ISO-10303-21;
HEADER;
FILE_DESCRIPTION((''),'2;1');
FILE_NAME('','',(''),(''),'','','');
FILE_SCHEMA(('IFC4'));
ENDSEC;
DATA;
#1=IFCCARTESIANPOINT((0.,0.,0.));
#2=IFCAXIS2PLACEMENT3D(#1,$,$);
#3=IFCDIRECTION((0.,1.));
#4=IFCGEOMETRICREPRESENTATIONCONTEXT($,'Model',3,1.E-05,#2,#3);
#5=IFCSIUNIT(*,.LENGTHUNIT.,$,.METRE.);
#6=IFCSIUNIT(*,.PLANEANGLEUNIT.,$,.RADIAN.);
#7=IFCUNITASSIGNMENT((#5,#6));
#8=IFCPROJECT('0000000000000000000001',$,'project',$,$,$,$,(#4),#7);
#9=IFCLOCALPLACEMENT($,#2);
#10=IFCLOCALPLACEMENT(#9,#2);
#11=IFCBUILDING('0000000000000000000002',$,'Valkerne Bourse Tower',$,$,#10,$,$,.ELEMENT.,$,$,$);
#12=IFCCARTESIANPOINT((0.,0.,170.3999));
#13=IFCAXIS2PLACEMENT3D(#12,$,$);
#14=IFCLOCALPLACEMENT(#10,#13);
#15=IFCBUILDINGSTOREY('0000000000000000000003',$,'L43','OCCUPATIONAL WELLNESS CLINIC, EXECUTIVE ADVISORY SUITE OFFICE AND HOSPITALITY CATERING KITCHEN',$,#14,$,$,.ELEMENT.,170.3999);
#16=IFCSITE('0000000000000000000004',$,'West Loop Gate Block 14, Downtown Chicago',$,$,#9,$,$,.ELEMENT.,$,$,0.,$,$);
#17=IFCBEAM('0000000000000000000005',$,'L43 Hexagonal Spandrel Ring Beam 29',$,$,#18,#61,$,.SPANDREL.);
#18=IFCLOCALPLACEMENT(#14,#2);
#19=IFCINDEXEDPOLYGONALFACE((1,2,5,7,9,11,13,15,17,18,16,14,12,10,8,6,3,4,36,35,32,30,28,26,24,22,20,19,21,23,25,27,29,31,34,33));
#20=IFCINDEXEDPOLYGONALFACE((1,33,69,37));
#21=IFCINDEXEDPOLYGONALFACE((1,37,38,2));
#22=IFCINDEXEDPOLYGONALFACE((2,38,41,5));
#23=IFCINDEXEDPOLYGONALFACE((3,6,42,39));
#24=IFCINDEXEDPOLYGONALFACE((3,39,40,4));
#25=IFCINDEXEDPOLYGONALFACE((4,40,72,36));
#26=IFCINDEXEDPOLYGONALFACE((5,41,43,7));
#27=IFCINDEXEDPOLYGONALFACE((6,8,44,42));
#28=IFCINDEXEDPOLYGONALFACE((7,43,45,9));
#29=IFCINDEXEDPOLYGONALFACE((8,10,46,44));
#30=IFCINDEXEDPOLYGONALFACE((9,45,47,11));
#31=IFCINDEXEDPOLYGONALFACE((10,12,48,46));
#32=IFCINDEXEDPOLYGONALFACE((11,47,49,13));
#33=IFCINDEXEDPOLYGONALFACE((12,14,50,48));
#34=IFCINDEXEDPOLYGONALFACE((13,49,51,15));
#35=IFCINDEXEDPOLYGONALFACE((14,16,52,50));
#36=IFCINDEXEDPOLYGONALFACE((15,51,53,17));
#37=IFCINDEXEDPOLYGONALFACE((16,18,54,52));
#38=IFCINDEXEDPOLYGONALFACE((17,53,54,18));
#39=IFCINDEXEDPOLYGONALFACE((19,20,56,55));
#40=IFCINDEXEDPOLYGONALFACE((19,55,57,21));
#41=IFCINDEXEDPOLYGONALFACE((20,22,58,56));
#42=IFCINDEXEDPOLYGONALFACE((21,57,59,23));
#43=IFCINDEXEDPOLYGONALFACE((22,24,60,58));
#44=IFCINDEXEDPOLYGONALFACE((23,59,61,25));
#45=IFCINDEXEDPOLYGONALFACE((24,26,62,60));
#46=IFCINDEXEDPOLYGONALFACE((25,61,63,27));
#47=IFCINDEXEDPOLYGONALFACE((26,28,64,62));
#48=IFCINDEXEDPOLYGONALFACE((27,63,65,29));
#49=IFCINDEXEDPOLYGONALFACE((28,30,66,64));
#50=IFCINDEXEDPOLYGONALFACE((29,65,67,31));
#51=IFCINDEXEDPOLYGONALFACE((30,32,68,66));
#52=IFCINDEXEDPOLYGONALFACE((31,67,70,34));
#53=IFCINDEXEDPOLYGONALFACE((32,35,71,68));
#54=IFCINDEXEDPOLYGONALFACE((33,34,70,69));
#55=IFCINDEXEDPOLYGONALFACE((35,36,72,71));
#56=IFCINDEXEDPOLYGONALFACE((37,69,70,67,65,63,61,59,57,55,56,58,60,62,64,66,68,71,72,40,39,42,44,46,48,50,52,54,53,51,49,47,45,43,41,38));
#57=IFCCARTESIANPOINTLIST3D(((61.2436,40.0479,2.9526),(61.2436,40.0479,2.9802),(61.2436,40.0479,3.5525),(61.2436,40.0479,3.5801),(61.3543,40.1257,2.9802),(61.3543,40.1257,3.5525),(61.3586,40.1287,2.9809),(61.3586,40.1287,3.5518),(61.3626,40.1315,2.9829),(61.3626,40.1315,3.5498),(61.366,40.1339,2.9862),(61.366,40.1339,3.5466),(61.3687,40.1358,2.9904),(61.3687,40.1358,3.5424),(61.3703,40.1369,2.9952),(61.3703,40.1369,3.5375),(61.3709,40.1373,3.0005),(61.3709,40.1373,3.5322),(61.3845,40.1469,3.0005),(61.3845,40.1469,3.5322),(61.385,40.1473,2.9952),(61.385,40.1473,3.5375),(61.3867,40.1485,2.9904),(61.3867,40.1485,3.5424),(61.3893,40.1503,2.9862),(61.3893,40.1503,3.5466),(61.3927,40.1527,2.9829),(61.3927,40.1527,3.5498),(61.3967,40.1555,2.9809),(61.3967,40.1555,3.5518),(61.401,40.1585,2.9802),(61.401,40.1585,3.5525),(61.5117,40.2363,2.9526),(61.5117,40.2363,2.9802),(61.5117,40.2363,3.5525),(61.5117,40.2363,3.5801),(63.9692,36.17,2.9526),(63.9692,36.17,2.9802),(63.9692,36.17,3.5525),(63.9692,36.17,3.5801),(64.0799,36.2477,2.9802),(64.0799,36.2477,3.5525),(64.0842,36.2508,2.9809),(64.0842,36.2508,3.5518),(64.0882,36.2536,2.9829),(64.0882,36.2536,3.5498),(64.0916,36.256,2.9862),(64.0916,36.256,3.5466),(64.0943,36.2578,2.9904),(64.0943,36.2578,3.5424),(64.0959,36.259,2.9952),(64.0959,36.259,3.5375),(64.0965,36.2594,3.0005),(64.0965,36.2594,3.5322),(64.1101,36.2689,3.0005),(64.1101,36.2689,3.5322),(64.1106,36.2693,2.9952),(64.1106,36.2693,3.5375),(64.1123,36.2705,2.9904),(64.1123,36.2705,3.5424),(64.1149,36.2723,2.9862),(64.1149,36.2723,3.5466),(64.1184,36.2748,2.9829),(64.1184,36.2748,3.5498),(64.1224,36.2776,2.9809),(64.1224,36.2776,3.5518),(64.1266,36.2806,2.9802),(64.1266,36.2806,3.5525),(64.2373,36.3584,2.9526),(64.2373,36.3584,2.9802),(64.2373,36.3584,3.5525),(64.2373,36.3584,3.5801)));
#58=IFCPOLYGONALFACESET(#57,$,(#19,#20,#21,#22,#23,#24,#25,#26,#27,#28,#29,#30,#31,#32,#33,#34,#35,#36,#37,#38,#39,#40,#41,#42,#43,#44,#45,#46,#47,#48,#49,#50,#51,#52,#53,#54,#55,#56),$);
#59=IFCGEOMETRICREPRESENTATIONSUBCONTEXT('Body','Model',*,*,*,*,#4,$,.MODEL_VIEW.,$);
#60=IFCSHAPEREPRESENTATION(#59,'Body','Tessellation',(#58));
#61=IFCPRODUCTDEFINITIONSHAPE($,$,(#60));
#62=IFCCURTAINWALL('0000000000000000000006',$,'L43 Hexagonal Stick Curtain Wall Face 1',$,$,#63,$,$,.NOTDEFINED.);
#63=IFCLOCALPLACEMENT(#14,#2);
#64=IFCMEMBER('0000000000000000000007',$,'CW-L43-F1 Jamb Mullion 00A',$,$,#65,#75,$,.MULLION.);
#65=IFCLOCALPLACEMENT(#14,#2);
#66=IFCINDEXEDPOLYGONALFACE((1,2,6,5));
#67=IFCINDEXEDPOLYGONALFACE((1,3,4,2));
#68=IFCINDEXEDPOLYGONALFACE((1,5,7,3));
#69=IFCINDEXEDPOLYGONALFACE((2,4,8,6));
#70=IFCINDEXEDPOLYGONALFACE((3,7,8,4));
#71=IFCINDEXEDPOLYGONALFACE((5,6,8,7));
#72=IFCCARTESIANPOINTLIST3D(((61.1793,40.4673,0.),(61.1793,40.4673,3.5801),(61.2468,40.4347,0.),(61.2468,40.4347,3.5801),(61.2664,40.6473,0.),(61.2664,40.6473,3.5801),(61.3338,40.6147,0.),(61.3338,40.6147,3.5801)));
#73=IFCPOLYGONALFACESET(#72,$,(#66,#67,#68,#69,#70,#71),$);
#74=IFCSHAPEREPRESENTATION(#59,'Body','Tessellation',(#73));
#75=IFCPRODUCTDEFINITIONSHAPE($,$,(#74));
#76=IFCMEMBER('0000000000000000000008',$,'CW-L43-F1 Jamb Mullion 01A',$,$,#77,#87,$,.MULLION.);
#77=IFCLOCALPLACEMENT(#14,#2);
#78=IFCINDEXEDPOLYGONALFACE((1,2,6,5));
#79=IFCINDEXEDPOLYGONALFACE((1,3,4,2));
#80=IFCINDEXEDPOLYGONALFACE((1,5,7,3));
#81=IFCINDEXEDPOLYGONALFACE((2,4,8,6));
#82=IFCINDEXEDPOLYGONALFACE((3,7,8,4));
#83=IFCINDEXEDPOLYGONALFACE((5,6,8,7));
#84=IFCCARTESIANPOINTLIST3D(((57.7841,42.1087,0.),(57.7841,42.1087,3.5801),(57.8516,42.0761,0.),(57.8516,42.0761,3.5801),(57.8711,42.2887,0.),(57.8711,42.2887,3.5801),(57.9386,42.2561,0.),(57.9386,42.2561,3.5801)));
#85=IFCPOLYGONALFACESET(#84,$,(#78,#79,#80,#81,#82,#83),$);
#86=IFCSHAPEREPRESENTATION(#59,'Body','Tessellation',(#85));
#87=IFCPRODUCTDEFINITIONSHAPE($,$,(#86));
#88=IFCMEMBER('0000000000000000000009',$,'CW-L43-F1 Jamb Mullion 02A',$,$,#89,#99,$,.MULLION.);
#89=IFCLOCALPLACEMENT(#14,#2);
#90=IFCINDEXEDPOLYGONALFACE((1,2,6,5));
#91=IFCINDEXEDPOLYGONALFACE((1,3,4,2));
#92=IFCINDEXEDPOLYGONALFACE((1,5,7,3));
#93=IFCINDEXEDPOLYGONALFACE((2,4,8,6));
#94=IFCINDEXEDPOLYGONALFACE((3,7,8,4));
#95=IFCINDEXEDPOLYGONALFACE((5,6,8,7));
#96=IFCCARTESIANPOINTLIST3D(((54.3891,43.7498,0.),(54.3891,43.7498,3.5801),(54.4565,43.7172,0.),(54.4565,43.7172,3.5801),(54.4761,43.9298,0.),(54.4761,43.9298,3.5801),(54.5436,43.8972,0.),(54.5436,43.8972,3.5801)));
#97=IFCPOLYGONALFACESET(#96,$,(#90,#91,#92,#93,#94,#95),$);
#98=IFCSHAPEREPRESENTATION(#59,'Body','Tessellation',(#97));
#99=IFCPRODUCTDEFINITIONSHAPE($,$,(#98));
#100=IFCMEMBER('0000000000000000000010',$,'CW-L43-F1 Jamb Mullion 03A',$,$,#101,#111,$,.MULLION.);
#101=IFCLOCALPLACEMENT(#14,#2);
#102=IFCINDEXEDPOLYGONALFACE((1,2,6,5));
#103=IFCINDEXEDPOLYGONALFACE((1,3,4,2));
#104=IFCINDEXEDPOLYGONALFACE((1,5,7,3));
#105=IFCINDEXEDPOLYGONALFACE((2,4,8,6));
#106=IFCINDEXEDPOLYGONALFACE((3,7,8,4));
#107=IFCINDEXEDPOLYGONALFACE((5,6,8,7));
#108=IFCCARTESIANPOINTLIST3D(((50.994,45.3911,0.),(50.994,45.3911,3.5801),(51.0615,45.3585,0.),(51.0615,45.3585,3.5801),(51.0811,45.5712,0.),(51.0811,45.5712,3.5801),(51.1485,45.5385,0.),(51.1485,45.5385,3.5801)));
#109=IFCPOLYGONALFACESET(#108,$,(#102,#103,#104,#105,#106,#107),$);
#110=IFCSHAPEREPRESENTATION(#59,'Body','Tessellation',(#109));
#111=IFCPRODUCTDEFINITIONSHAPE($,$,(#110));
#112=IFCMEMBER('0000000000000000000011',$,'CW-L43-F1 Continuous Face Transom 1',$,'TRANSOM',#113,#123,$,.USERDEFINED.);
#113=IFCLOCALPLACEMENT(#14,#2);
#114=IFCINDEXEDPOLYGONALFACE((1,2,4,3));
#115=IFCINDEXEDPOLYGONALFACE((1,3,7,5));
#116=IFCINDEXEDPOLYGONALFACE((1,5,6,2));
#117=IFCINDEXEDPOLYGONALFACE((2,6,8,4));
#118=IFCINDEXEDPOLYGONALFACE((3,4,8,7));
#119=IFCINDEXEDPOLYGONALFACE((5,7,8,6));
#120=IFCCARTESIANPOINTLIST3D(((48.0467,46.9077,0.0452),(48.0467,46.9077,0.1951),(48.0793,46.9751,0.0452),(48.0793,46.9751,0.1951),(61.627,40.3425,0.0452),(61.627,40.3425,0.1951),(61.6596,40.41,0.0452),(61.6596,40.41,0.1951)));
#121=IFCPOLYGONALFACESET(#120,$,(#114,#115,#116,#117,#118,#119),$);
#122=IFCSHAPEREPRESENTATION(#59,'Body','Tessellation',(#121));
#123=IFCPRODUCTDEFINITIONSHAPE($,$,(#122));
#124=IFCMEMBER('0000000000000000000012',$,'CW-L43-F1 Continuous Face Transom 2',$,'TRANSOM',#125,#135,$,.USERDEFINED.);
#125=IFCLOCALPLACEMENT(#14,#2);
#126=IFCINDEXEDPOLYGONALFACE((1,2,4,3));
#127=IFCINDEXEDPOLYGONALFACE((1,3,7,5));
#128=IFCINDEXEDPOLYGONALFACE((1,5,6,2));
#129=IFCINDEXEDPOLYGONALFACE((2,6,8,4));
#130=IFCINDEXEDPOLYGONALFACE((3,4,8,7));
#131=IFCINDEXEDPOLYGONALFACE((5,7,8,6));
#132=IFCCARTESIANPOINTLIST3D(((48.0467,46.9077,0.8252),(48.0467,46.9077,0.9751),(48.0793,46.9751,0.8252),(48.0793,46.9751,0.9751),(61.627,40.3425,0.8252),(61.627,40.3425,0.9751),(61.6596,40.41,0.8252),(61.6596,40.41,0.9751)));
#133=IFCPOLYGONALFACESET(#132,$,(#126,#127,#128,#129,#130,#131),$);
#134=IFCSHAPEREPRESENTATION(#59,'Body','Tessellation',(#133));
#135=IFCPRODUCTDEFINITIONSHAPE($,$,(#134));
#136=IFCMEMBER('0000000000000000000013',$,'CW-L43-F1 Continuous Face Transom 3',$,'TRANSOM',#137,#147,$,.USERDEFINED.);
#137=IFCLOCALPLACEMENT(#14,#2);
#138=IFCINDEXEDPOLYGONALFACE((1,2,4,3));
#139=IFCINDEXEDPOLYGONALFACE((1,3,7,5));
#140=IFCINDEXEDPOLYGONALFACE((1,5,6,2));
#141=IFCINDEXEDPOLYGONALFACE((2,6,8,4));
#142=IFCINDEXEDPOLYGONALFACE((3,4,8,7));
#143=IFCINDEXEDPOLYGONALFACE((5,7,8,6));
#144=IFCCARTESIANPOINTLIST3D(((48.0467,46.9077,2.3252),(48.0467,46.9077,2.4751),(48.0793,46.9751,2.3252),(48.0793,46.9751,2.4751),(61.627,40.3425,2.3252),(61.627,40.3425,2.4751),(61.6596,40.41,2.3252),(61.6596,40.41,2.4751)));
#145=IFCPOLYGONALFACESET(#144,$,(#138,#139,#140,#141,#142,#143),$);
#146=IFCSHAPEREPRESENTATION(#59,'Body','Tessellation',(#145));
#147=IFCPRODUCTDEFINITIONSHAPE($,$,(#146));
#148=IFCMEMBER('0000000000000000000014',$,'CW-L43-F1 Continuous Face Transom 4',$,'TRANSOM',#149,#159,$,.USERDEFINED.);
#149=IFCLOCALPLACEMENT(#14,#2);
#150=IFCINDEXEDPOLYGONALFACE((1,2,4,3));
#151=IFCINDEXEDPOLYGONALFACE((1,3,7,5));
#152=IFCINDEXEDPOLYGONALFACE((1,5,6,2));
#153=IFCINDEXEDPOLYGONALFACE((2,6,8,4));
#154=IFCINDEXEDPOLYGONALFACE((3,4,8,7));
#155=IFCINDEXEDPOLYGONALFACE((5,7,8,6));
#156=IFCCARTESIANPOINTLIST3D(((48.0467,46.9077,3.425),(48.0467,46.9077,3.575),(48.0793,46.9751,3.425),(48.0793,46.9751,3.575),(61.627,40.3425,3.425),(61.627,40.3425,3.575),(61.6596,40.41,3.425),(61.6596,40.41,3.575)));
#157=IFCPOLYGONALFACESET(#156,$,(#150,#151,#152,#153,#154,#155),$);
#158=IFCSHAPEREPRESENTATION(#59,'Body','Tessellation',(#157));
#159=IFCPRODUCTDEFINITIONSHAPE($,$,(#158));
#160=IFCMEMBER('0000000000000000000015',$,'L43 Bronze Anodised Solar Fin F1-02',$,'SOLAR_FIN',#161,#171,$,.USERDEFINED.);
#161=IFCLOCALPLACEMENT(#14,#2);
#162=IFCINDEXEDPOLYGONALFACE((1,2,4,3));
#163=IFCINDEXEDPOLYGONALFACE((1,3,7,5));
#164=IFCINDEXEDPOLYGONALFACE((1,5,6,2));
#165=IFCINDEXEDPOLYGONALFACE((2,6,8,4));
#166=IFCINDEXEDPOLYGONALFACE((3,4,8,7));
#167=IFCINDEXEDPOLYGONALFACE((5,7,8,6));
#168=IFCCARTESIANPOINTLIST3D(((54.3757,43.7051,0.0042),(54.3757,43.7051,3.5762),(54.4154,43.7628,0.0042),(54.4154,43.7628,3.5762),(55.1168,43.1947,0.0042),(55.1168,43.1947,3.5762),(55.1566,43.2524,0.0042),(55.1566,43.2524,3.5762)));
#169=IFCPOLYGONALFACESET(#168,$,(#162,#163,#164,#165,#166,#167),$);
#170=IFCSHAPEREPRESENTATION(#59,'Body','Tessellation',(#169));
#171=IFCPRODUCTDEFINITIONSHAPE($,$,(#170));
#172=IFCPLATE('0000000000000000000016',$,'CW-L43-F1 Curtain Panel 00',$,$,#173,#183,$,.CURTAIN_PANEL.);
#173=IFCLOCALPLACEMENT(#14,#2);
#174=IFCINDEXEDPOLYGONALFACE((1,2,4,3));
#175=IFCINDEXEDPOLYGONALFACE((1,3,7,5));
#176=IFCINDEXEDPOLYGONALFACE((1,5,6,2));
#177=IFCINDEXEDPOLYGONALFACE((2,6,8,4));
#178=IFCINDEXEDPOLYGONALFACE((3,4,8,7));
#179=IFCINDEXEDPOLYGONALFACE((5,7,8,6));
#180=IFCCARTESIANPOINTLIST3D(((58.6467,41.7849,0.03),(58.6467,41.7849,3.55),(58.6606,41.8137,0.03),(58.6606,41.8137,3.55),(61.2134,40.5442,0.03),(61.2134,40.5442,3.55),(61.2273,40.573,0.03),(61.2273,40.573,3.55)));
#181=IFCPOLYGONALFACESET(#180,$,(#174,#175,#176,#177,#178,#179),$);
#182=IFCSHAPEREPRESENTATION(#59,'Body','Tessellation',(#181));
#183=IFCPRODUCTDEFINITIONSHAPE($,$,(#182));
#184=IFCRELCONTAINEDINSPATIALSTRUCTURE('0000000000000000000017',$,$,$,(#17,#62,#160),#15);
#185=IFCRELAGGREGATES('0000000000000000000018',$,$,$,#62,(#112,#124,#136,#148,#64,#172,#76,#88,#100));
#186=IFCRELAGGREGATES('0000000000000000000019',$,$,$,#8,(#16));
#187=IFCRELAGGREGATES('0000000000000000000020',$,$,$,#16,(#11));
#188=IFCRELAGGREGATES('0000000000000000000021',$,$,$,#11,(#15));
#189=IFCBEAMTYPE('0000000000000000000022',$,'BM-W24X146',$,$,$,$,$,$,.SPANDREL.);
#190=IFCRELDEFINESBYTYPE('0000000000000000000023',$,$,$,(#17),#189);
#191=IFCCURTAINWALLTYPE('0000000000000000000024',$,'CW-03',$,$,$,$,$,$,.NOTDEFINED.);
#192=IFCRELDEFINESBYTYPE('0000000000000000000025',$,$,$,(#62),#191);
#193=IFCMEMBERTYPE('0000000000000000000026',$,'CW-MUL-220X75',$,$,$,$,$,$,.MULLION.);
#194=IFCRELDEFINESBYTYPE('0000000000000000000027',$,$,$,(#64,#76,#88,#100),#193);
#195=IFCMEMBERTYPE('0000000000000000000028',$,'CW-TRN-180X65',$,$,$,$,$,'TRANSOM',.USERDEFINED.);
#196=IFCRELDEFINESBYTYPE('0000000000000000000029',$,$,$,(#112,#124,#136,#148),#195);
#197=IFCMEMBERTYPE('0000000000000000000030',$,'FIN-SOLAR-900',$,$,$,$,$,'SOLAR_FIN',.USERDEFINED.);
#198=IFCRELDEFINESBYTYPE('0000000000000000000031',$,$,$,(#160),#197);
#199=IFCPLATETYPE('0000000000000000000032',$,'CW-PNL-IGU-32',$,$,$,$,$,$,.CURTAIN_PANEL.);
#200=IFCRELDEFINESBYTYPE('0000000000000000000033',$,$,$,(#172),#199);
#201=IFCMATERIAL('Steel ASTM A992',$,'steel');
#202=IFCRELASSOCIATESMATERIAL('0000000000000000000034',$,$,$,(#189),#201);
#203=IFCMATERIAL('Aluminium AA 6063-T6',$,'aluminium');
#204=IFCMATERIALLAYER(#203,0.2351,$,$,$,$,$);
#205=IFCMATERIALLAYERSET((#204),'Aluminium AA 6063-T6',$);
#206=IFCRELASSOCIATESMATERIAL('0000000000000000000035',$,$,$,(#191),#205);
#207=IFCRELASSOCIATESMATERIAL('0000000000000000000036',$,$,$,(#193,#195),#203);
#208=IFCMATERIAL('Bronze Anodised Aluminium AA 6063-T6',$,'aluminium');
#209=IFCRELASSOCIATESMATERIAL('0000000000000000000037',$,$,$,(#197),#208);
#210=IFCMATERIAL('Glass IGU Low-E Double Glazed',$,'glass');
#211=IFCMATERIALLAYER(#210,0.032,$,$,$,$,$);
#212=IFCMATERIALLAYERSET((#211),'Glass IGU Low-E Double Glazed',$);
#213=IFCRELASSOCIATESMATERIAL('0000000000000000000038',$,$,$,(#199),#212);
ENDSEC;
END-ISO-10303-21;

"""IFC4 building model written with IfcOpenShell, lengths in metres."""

from ifc_helpers import new_model, si_unit, direction, frame, origin, origin_2d, place, context, subcontext, project, spatial, rectangle, i_section, extrude, material, layer, layer_set, material_profile, profile_set, type_object, element, aggregate, save


model = new_model("IFC4")

# Units and contexts
model_context = context("Model", 3, precision=1e-05, world=origin(), true_north=direction((0.0, 1.0)))
body_context = subcontext(model_context, "Body", "Model", "MODEL_VIEW")
ifc_project = project(units=[si_unit("LENGTHUNIT", "METRE"), si_unit("PLANEANGLEUNIT", "RADIAN")], contexts=[model_context])

# Site, building, storey
site_placement = place(None, origin())
site = spatial("IfcSite", under=ifc_project, at=site_placement, Name="West Loop Gate Block 14, Downtown Chicago", CompositionType="ELEMENT", RefElevation=0.0)
building_placement = place(site_placement, origin())
building = spatial("IfcBuilding", under=site, at=building_placement, Name="Valkerne Bourse Tower", CompositionType="ELEMENT")
storey_placement = place(building_placement, frame((0.0, 0.0, 170.3999)))
storey = spatial("IfcBuildingStorey", under=building, at=storey_placement, Name="L43", Description="OCCUPATIONAL WELLNESS CLINIC, EXECUTIVE ADVISORY SUITE OFFICE AND HOSPITALITY CATERING KITCHEN", CompositionType="ELEMENT", Elevation=170.3999)

# Beam
ifc_material_1 = material(Name="Steel ASTM A992", Category="steel")
ifc_material_profile_1 = material_profile(ifc_material_1, i_section(OverallWidth=0.3276, OverallDepth=0.6274, WebThickness=0.0166, FlangeThickness=0.0276, FilletRadius=0.0203, at=origin_2d()), Name="W24X146")
ifc_profile_set_1 = profile_set([ifc_material_profile_1], Name="Steel ASTM A992")
beam_type = type_object("IfcBeamType", Name="BM-W24X146", PredefinedType="SPANDREL", material=ifc_profile_set_1)
beam_1_placement = place(storey_placement, frame((64.1033, 36.2642, 3.2664), z_axis=(-0.575024, 0.818137, 0.0), x_axis=(-0.818137, -0.575024, 0.0)))
element("IfcBeam", 1, at=beam_1_placement, inside=storey, type_object=beam_type, Name="L43 Hexagonal Spandrel Ring Beam 29", PredefinedType="SPANDREL", context=body_context, shape_type="SweptSolid", body=[
    extrude(i_section(OverallWidth=0.3276, OverallDepth=0.6274, WebThickness=0.0166, FlangeThickness=0.0276, FilletRadius=0.0203, at=origin_2d()), origin(), (0.0, 0.0, 1.0), 4.74),
])

# Curtain wall, members
ifc_material_2 = material(Name="Aluminium AA 6063-T6", Category="aluminium")
ifc_layer_1 = layer(ifc_material_2, 0.2351)
ifc_layer_set_1 = layer_set([ifc_layer_1], Name="Aluminium AA 6063-T6")
curtain_wall_type = type_object("IfcCurtainWallType", Name="CW-03", PredefinedType="NOTDEFINED", material=ifc_layer_set_1)
curtain_wall_placement = place(storey_placement, origin())
curtain_wall = element("IfcCurtainWall", 2, at=curtain_wall_placement, inside=storey, type_object=curtain_wall_type, Name="L43 Hexagonal Stick Curtain Wall Face 1", PredefinedType="NOTDEFINED")
ifc_material_profile_2 = material_profile(ifc_material_2, rectangle(XDim=0.075, YDim=0.2, at=origin_2d()), Name="CWM-75X200")
ifc_profile_set_2 = profile_set([ifc_material_profile_2], Name="Aluminium AA 6063-T6")
member_type_1 = type_object("IfcMemberType", Name="CW-MUL-220X75", PredefinedType="MULLION", material=ifc_profile_set_2)
member_1_placement = place(storey_placement, frame((61.2566, 40.541, 0.0), z_axis=(0.0, 0.0, 1.0), x_axis=(-0.900325, 0.435219, 0.0)))
member_1 = element("IfcMember", 3, at=member_1_placement, type_object=member_type_1, Name="CW-L43-F1 Jamb Mullion 00A", PredefinedType="MULLION", context=body_context, shape_type="SweptSolid", body=[
    extrude(rectangle(XDim=0.075, YDim=0.2, at=origin_2d()), origin(), (0.0, 0.0, 1.0), 3.5801),
])
member_2_placement = place(storey_placement, frame((57.8613, 42.1824, 0.0), z_axis=(0.0, 0.0, 1.0), x_axis=(-0.900314, 0.435241, 0.0)))
member_2 = element("IfcMember", 4, at=member_2_placement, type_object=member_type_1, Name="CW-L43-F1 Jamb Mullion 01A", PredefinedType="MULLION", context=body_context, shape_type="SweptSolid", body=[
    extrude(rectangle(XDim=0.075, YDim=0.2, at=origin_2d()), origin(), (0.0, 0.0, 1.0), 3.5801),
])
member_3_placement = place(storey_placement, frame((54.4663, 43.8235, 0.0), z_axis=(0.0, 0.0, 1.0), x_axis=(-0.900325, 0.435219, 0.0)))
member_3 = element("IfcMember", 5, at=member_3_placement, type_object=member_type_1, Name="CW-L43-F1 Jamb Mullion 02A", PredefinedType="MULLION", context=body_context, shape_type="SweptSolid", body=[
    extrude(rectangle(XDim=0.075, YDim=0.2, at=origin_2d()), origin(), (0.0, 0.0, 1.0), 3.5801),
])
member_4_placement = place(storey_placement, frame((51.0713, 45.4648, 0.0), z_axis=(0.0, 0.0, 1.0), x_axis=(-0.900314, 0.435241, 0.0)))
member_4 = element("IfcMember", 6, at=member_4_placement, type_object=member_type_1, Name="CW-L43-F1 Jamb Mullion 03A", PredefinedType="MULLION", context=body_context, shape_type="SweptSolid", body=[
    extrude(rectangle(XDim=0.075, YDim=0.2, at=origin_2d()), origin(), (0.0, 0.0, 1.0), 3.5801),
])
ifc_material_profile_3 = material_profile(ifc_material_2, rectangle(XDim=0.075, YDim=0.1499, at=origin_2d()), Name="CWT-75X150")
ifc_profile_set_3 = profile_set([ifc_material_profile_3], Name="Aluminium AA 6063-T6")
member_type_2 = type_object("IfcMemberType", Name="CW-TRN-180X65", ElementType="TRANSOM", PredefinedType="USERDEFINED", material=ifc_profile_set_3)
member_5_placement = place(storey_placement, frame((61.6433, 40.3762, 0.1201), z_axis=(-0.900314, 0.435242, 0.0), x_axis=(-0.435242, -0.900314, 0.0)))
member_5 = element("IfcMember", 7, at=member_5_placement, type_object=member_type_2, Name="CW-L43-F1 Continuous Face Transom 1", ObjectType="TRANSOM", PredefinedType="USERDEFINED", context=body_context, shape_type="SweptSolid", body=[
    extrude(rectangle(XDim=0.075, YDim=0.1499, at=origin_2d()), origin(), (0.0, 0.0, 1.0), 15.084),
])
member_6_placement = place(storey_placement, frame((61.6433, 40.3762, 0.9001), z_axis=(-0.900314, 0.435242, 0.0), x_axis=(-0.435242, -0.900314, 0.0)))
member_6 = element("IfcMember", 8, at=member_6_placement, type_object=member_type_2, Name="CW-L43-F1 Continuous Face Transom 2", ObjectType="TRANSOM", PredefinedType="USERDEFINED", context=body_context, shape_type="SweptSolid", body=[
    extrude(rectangle(XDim=0.075, YDim=0.1499, at=origin_2d()), origin(), (0.0, 0.0, 1.0), 15.084),
])
member_7_placement = place(storey_placement, frame((61.6433, 40.3762, 2.4001), z_axis=(-0.900314, 0.435242, 0.0), x_axis=(-0.435242, -0.900314, 0.0)))
member_7 = element("IfcMember", 9, at=member_7_placement, type_object=member_type_2, Name="CW-L43-F1 Continuous Face Transom 3", ObjectType="TRANSOM", PredefinedType="USERDEFINED", context=body_context, shape_type="SweptSolid", body=[
    extrude(rectangle(XDim=0.075, YDim=0.1499, at=origin_2d()), origin(), (0.0, 0.0, 1.0), 15.084),
])
member_8_placement = place(storey_placement, frame((61.6433, 40.3762, 3.5), z_axis=(-0.900314, 0.435242, 0.0), x_axis=(-0.435242, -0.900314, 0.0)))
member_8 = element("IfcMember", 10, at=member_8_placement, type_object=member_type_2, Name="CW-L43-F1 Continuous Face Transom 4", ObjectType="TRANSOM", PredefinedType="USERDEFINED", context=body_context, shape_type="SweptSolid", body=[
    extrude(rectangle(XDim=0.075, YDim=0.1499, at=origin_2d()), origin(), (0.0, 0.0, 1.0), 15.084),
])

# Member
ifc_material_3 = material(Name="Bronze Anodised Aluminium AA 6063-T6", Category="aluminium")
ifc_material_profile_4 = material_profile(ifc_material_3, rectangle(XDim=0.0701, YDim=0.8999, at=origin_2d()), Name="FIN-70X900")
ifc_profile_set_4 = profile_set([ifc_material_profile_4], Name="Bronze Anodised Aluminium AA 6063-T6")
member_type_3 = type_object("IfcMemberType", Name="FIN-SOLAR-900", ElementType="SOLAR_FIN", PredefinedType="USERDEFINED", material=ifc_profile_set_4)
member_9_placement = place(storey_placement, frame((54.7661, 43.4788, 0.0042), z_axis=(0.0, 0.0, 1.0), x_axis=(0.567165, 0.823604, 0.0)))
element("IfcMember", 11, at=member_9_placement, inside=storey, type_object=member_type_3, Name="L43 Bronze Anodised Solar Fin F1-02", ObjectType="SOLAR_FIN", PredefinedType="USERDEFINED", context=body_context, shape_type="SweptSolid", body=[
    extrude(rectangle(XDim=0.0701, YDim=0.8999, at=origin_2d()), origin(), (0.0, 0.0, 1.0), 3.572),
])

# Plate
ifc_material_4 = material(Name="Glass IGU Low-E Double Glazed", Category="glass")
ifc_layer_2 = layer(ifc_material_4, 0.032)
ifc_layer_set_2 = layer_set([ifc_layer_2], Name="Glass IGU Low-E Double Glazed")
plate_type = type_object("IfcPlateType", Name="CW-PNL-IGU-32", PredefinedType="CURTAIN_PANEL", material=ifc_layer_set_2)
plate_1_placement = place(storey_placement, frame((59.937, 41.179, 0.03), z_axis=(0.0, 0.0, 1.0), x_axis=(-0.900325, 0.435219, 0.0)))
plate_1 = element("IfcPlate", 12, at=plate_1_placement, type_object=plate_type, Name="CW-L43-F1 Curtain Panel 00", PredefinedType="CURTAIN_PANEL", context=body_context, shape_type="SweptSolid", body=[
    extrude(rectangle(XDim=2.8508, YDim=0.032, at=origin_2d()), origin(), (0.0, 0.0, 1.0), 3.52),
])
aggregate(curtain_wall, [member_5, member_6, member_7, member_8, member_1, plate_1, member_2, member_3, member_4])

save(model, "model.ifc")
